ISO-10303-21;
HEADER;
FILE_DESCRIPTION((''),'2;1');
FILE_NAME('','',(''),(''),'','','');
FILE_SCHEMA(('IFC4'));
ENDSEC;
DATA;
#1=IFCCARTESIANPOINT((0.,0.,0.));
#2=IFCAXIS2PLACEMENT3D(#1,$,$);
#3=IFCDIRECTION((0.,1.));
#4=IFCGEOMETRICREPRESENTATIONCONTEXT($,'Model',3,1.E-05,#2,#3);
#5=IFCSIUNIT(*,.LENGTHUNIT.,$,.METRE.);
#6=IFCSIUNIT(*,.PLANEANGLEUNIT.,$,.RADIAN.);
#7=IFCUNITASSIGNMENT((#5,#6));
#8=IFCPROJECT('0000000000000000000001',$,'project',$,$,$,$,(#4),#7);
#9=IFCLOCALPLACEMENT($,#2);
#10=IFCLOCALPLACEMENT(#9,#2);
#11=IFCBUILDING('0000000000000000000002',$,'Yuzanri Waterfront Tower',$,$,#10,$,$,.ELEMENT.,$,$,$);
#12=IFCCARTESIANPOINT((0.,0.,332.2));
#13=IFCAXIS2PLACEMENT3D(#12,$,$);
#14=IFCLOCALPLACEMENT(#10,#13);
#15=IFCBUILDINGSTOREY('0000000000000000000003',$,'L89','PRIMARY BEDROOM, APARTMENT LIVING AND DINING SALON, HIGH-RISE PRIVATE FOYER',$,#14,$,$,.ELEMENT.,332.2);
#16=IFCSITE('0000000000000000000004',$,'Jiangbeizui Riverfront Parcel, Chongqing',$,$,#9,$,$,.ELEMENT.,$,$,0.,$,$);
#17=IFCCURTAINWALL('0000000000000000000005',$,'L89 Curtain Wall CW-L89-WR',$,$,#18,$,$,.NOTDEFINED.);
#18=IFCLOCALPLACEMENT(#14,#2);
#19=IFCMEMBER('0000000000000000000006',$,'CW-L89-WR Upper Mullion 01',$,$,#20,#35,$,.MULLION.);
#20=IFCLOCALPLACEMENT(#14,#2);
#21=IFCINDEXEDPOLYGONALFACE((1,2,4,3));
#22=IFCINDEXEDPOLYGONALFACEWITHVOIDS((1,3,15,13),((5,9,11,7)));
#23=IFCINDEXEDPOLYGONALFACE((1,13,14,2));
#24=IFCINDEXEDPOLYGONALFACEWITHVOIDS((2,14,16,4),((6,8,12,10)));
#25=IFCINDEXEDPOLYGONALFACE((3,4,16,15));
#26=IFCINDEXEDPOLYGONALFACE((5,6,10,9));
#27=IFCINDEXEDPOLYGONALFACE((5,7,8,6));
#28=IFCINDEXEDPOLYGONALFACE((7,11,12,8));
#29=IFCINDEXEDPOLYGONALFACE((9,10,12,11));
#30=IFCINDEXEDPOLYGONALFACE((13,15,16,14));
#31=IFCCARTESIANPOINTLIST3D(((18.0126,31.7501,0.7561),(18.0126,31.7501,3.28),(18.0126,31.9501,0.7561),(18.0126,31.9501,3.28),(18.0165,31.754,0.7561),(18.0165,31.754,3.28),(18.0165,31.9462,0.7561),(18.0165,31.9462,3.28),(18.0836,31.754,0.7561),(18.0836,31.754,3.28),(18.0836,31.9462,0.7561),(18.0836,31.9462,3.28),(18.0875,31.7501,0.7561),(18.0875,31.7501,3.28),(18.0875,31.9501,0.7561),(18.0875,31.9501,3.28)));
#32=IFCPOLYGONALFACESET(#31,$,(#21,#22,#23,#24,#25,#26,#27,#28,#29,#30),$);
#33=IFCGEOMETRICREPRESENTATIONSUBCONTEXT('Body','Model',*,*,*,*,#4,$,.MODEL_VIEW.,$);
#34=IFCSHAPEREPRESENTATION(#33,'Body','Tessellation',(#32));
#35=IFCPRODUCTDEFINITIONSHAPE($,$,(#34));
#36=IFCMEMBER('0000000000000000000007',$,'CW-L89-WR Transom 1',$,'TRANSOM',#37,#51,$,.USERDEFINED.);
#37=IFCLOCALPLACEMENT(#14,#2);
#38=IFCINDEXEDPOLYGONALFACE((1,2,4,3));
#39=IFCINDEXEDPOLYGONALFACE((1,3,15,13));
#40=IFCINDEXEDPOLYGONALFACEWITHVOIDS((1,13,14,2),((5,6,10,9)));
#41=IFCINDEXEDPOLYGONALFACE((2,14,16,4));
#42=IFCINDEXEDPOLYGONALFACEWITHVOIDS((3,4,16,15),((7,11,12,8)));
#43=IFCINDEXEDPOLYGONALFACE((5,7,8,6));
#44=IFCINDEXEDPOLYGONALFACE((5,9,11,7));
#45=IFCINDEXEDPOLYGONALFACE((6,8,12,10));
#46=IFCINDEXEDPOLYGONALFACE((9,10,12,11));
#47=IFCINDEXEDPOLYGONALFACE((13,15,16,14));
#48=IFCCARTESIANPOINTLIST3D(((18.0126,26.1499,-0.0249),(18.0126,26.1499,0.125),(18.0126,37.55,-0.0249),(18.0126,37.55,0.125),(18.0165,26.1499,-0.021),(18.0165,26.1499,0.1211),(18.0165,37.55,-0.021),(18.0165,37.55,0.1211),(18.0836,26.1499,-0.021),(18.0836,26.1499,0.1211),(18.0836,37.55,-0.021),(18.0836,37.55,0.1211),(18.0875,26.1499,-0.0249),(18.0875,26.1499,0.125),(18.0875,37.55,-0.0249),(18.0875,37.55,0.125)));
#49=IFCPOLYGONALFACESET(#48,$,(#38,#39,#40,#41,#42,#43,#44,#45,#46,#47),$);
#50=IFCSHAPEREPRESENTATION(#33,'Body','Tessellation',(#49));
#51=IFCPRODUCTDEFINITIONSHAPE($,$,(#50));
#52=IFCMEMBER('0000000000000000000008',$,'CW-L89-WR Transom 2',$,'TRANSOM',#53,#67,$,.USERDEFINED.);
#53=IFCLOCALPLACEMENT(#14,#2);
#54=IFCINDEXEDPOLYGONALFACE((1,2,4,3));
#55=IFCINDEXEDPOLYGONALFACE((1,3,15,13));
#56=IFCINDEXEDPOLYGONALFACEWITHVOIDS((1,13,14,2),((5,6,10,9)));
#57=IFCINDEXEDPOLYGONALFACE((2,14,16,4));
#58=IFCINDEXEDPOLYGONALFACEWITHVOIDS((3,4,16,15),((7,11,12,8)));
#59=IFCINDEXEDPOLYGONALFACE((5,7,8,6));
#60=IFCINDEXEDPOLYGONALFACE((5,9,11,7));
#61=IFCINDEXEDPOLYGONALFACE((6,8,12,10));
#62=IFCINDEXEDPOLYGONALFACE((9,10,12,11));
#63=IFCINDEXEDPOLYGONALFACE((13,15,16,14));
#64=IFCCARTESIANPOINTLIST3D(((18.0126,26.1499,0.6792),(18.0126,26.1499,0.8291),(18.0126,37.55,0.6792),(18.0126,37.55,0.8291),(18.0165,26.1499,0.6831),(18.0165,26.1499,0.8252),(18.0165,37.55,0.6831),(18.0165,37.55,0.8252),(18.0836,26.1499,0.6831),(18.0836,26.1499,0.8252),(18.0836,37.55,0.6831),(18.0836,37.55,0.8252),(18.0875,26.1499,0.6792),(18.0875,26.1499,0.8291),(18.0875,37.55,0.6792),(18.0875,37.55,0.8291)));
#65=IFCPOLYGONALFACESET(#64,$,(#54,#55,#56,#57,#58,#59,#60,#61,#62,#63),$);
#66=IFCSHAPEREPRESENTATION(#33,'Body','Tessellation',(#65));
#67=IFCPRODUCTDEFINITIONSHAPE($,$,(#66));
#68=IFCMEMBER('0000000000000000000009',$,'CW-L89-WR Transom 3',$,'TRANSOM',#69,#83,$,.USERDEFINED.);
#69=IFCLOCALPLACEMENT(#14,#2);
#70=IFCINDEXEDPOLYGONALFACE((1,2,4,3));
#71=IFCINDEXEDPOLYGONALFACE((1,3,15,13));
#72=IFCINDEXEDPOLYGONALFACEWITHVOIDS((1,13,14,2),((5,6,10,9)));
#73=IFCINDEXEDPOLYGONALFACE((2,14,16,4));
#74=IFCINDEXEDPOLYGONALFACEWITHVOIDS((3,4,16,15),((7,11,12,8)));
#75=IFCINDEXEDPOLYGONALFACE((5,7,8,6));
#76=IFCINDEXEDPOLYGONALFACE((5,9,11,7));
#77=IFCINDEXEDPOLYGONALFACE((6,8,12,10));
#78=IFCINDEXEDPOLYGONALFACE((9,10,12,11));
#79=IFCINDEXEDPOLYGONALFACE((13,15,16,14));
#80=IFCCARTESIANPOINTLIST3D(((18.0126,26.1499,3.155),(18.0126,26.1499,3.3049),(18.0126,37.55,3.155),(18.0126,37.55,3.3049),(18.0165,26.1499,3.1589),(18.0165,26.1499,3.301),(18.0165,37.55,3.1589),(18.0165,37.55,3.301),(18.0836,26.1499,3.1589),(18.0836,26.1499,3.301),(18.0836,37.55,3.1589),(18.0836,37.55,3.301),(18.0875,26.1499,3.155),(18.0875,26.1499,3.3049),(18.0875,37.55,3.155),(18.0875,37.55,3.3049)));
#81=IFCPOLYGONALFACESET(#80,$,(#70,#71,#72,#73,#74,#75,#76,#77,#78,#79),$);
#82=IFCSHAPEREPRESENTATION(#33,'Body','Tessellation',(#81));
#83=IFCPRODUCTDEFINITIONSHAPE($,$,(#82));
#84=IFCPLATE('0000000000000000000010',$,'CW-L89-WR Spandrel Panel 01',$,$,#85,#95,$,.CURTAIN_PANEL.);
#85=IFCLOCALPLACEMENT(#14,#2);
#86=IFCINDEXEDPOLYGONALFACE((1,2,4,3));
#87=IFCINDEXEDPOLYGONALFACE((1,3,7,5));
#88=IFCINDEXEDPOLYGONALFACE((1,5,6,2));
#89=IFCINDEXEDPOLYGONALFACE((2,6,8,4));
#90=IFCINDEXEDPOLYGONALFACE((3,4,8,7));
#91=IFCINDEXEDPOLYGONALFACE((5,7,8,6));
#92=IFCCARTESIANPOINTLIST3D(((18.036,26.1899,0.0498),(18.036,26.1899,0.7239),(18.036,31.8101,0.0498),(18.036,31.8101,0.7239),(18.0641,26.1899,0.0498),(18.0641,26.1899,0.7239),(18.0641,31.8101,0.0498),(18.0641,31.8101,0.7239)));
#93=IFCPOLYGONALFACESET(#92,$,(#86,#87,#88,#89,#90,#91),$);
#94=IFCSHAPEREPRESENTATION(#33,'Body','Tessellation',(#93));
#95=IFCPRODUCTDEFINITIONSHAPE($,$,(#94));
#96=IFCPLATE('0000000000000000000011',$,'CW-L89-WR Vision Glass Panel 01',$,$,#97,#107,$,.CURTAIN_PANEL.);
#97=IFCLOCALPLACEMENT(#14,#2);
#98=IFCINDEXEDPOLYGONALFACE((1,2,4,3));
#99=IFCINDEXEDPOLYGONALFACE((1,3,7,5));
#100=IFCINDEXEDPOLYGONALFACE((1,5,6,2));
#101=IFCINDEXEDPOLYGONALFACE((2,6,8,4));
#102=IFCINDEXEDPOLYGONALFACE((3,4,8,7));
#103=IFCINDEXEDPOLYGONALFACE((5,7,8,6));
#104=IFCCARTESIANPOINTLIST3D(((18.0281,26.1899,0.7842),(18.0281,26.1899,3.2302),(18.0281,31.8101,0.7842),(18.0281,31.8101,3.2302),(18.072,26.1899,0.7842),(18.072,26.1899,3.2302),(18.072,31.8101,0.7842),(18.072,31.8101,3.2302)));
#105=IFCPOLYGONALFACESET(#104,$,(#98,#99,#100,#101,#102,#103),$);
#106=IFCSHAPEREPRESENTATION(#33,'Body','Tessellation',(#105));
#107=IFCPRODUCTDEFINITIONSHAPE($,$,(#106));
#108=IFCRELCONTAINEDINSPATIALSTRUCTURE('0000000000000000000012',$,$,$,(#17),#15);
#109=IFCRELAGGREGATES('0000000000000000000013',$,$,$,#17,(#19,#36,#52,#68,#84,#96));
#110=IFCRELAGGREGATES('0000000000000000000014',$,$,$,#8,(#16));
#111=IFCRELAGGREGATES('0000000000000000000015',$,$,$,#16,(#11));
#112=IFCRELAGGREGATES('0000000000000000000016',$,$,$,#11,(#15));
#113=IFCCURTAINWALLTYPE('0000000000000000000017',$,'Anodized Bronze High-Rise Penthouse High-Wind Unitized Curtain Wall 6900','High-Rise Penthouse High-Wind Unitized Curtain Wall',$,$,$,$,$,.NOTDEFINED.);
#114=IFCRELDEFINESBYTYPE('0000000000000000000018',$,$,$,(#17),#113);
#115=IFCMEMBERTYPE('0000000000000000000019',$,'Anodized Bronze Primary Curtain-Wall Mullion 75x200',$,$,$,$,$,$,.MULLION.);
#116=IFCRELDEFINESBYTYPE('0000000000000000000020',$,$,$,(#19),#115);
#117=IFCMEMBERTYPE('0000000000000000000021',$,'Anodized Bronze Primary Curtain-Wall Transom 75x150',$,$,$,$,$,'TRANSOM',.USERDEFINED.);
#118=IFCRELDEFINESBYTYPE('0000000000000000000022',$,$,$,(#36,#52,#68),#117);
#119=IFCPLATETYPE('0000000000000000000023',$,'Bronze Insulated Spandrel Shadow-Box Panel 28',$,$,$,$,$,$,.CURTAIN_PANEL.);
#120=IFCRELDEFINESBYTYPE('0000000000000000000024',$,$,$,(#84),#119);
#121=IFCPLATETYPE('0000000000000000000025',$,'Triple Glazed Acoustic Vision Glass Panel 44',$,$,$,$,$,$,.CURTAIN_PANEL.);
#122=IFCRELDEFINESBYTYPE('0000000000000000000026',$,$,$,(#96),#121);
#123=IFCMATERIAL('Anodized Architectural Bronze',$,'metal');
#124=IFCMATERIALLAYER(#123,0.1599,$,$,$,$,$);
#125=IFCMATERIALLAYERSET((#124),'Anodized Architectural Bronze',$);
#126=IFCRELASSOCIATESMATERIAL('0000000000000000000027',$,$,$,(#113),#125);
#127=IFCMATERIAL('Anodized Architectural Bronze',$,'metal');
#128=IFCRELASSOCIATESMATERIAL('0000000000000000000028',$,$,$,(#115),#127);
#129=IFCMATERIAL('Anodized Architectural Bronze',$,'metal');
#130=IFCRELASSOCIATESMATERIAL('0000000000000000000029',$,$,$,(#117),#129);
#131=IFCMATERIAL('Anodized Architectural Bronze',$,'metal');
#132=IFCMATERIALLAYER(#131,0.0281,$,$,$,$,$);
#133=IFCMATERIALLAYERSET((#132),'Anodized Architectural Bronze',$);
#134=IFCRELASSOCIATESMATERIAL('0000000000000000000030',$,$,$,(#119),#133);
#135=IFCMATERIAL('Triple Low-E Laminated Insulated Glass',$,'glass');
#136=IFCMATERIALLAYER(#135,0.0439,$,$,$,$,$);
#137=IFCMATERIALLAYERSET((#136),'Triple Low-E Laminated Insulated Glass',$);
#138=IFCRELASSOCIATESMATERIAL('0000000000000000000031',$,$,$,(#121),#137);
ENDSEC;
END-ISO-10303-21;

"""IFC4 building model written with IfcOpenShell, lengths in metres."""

from ifc_helpers import new_model, si_unit, direction, frame, origin, origin_2d, place, context, subcontext, project, spatial, rectangle, hollow_rectangle, extrude, source, transform, mapped, material, layer, layer_set, material_profile, profile_set, type_object, element, aggregate, save


model = new_model("IFC4")

# Units and contexts
model_context = context("Model", 3, precision=1e-05, world=origin(), true_north=direction((0.0, 1.0)))
body_context = subcontext(model_context, "Body", "Model", "MODEL_VIEW")
ifc_project = project(units=[si_unit("LENGTHUNIT", "METRE"), si_unit("PLANEANGLEUNIT", "RADIAN")], contexts=[model_context])

# Site, building, storey
site_placement = place(None, origin())
site = spatial("IfcSite", under=ifc_project, at=site_placement, Name="Jiangbeizui Riverfront Parcel, Chongqing", CompositionType="ELEMENT", RefElevation=0.0)
building_placement = place(site_placement, origin())
building = spatial("IfcBuilding", under=site, at=building_placement, Name="Yuzanri Waterfront Tower", CompositionType="ELEMENT")
storey_placement = place(building_placement, frame((0.0, 0.0, 332.2)))
storey = spatial("IfcBuildingStorey", under=building, at=storey_placement, Name="L89", Description="PRIMARY BEDROOM, APARTMENT LIVING AND DINING SALON, HIGH-RISE PRIVATE FOYER", CompositionType="ELEMENT", Elevation=332.2)

# Shared definitions
ifc_material_1 = material(Name="Anodized Architectural Bronze", Category="metal")
ifc_layer_1 = layer(ifc_material_1, 0.1599)
ifc_layer_set_1 = layer_set([ifc_layer_1], Name="Anodized Architectural Bronze")
curtain_wall_type = type_object("IfcCurtainWallType", Name="Anodized Bronze High-Rise Penthouse High-Wind Unitized Curtain Wall 6900", Description="High-Rise Penthouse High-Wind Unitized Curtain Wall", PredefinedType="NOTDEFINED", material=ifc_layer_set_1)
ifc_material_2 = material(Name="Anodized Architectural Bronze", Category="metal")
ifc_material_profile_1 = material_profile(ifc_material_2, hollow_rectangle(XDim=0.075, YDim=0.2, WallThickness=0.0039, at=origin_2d()), Name="CWM 75x200")
ifc_profile_set_1 = profile_set([ifc_material_profile_1], Name="Anodized Architectural Bronze")
member_type_1 = type_object("IfcMemberType", Name="Anodized Bronze Primary Curtain-Wall Mullion 75x200", PredefinedType="MULLION", material=ifc_profile_set_1)

# Curtain wall
curtain_wall_1_placement = place(storey_placement, origin())
curtain_wall_1 = element("IfcCurtainWall", 1, at=curtain_wall_1_placement, inside=storey, type_object=curtain_wall_type, Name="L89 Curtain Wall CW-L89-WR", PredefinedType="NOTDEFINED")

# Members
shared_shape_1 = source(origin(), body_context, "Body", "SweptSolid", [
    extrude(hollow_rectangle(XDim=0.075, YDim=0.2, WallThickness=0.0039, at=origin_2d()), origin(), (0.0, 0.0, 1.0), 2.5239),
])
member_1_placement = place(storey_placement, frame((18.05, 31.8501, 0.7561), z_axis=(0.0, 0.0, 1.0), x_axis=(1.0, 0.0, 0.0)))
member_1 = element("IfcMember", 2, at=member_1_placement, type_object=member_type_1, Name="CW-L89-WR Upper Mullion 01", PredefinedType="MULLION", context=body_context, shape_type="MappedRepresentation", body=[
    mapped(shared_shape_1, transform((0.0, 0.0, 0.0), scale=1.0)),
])
ifc_material_3 = material(Name="Anodized Architectural Bronze", Category="metal")
ifc_material_profile_2 = material_profile(ifc_material_3, hollow_rectangle(XDim=0.075, YDim=0.1499, WallThickness=0.0039, at=origin_2d()), Name="CWT 75x150")
ifc_profile_set_2 = profile_set([ifc_material_profile_2], Name="Anodized Architectural Bronze")
member_type_2 = type_object("IfcMemberType", Name="Anodized Bronze Primary Curtain-Wall Transom 75x150", ElementType="TRANSOM", PredefinedType="USERDEFINED", material=ifc_profile_set_2)
shared_shape_2 = source(origin(), body_context, "Body", "SweptSolid", [
    extrude(hollow_rectangle(XDim=0.075, YDim=0.1499, WallThickness=0.0039, at=origin_2d()), origin(), (0.0, 0.0, 1.0), 11.4001),
])
member_2_placement = place(storey_placement, frame((18.05, 26.1499, 0.05), z_axis=(0.0, 1.0, 0.0), x_axis=(-1.0, 0.0, 0.0)))
member_2 = element("IfcMember", 3, at=member_2_placement, type_object=member_type_2, Name="CW-L89-WR Transom 1", ObjectType="TRANSOM", PredefinedType="USERDEFINED", context=body_context, shape_type="MappedRepresentation", body=[
    mapped(shared_shape_2, transform((0.0, 0.0, 0.0), scale=1.0)),
])
member_3_placement = place(storey_placement, frame((18.05, 26.1499, 0.7542), z_axis=(0.0, 1.0, 0.0), x_axis=(-1.0, 0.0, 0.0)))
member_3 = element("IfcMember", 4, at=member_3_placement, type_object=member_type_2, Name="CW-L89-WR Transom 2", ObjectType="TRANSOM", PredefinedType="USERDEFINED", context=body_context, shape_type="MappedRepresentation", body=[
    mapped(shared_shape_2, transform((0.0, 0.0, 0.0), scale=1.0)),
])
member_4_placement = place(storey_placement, frame((18.05, 26.1499, 3.23), z_axis=(0.0, 1.0, 0.0), x_axis=(-1.0, 0.0, 0.0)))
member_4 = element("IfcMember", 5, at=member_4_placement, type_object=member_type_2, Name="CW-L89-WR Transom 3", ObjectType="TRANSOM", PredefinedType="USERDEFINED", context=body_context, shape_type="MappedRepresentation", body=[
    mapped(shared_shape_2, transform((0.0, 0.0, 0.0), scale=1.0)),
])

# Plates
ifc_material_4 = material(Name="Anodized Architectural Bronze", Category="metal")
ifc_layer_2 = layer(ifc_material_4, 0.0281)
ifc_layer_set_2 = layer_set([ifc_layer_2], Name="Anodized Architectural Bronze")
plate_type_1 = type_object("IfcPlateType", Name="Bronze Insulated Spandrel Shadow-Box Panel 28", PredefinedType="CURTAIN_PANEL", material=ifc_layer_set_2)
shared_shape_3 = source(origin(), body_context, "Body", "SweptSolid", [
    extrude(rectangle(XDim=5.6201, YDim=0.0281, at=origin_2d()), origin(), (0.0, 0.0, 1.0), 0.6741),
])
plate_1_placement = place(storey_placement, frame((18.05, 29.0, 0.0498), z_axis=(0.0, 0.0, 1.0), x_axis=(0.0, 1.0, 0.0)))
plate_1 = element("IfcPlate", 6, at=plate_1_placement, type_object=plate_type_1, Name="CW-L89-WR Spandrel Panel 01", PredefinedType="CURTAIN_PANEL", context=body_context, shape_type="MappedRepresentation", body=[
    mapped(shared_shape_3, transform((0.0, 0.0, 0.0), scale=1.0)),
])
ifc_material_5 = material(Name="Triple Low-E Laminated Insulated Glass", Category="glass")
ifc_layer_3 = layer(ifc_material_5, 0.0439)
ifc_layer_set_3 = layer_set([ifc_layer_3], Name="Triple Low-E Laminated Insulated Glass")
plate_type_2 = type_object("IfcPlateType", Name="Triple Glazed Acoustic Vision Glass Panel 44", PredefinedType="CURTAIN_PANEL", material=ifc_layer_set_3)
shared_shape_4 = source(origin(), body_context, "Body", "SweptSolid", [
    extrude(rectangle(XDim=5.6201, YDim=0.0439, at=origin_2d()), origin(), (0.0, 0.0, 1.0), 2.446),
])
plate_2_placement = place(storey_placement, frame((18.05, 29.0, 0.7842), z_axis=(0.0, 0.0, 1.0), x_axis=(0.0, 1.0, 0.0)))
plate_2 = element("IfcPlate", 7, at=plate_2_placement, type_object=plate_type_2, Name="CW-L89-WR Vision Glass Panel 01", PredefinedType="CURTAIN_PANEL", context=body_context, shape_type="MappedRepresentation", body=[
    mapped(shared_shape_4, transform((0.0, 0.0, 0.0), scale=1.0)),
])
aggregate(curtain_wall_1, [member_1, member_2, member_3, member_4, plate_1, plate_2])

save(model, "model.ifc")
